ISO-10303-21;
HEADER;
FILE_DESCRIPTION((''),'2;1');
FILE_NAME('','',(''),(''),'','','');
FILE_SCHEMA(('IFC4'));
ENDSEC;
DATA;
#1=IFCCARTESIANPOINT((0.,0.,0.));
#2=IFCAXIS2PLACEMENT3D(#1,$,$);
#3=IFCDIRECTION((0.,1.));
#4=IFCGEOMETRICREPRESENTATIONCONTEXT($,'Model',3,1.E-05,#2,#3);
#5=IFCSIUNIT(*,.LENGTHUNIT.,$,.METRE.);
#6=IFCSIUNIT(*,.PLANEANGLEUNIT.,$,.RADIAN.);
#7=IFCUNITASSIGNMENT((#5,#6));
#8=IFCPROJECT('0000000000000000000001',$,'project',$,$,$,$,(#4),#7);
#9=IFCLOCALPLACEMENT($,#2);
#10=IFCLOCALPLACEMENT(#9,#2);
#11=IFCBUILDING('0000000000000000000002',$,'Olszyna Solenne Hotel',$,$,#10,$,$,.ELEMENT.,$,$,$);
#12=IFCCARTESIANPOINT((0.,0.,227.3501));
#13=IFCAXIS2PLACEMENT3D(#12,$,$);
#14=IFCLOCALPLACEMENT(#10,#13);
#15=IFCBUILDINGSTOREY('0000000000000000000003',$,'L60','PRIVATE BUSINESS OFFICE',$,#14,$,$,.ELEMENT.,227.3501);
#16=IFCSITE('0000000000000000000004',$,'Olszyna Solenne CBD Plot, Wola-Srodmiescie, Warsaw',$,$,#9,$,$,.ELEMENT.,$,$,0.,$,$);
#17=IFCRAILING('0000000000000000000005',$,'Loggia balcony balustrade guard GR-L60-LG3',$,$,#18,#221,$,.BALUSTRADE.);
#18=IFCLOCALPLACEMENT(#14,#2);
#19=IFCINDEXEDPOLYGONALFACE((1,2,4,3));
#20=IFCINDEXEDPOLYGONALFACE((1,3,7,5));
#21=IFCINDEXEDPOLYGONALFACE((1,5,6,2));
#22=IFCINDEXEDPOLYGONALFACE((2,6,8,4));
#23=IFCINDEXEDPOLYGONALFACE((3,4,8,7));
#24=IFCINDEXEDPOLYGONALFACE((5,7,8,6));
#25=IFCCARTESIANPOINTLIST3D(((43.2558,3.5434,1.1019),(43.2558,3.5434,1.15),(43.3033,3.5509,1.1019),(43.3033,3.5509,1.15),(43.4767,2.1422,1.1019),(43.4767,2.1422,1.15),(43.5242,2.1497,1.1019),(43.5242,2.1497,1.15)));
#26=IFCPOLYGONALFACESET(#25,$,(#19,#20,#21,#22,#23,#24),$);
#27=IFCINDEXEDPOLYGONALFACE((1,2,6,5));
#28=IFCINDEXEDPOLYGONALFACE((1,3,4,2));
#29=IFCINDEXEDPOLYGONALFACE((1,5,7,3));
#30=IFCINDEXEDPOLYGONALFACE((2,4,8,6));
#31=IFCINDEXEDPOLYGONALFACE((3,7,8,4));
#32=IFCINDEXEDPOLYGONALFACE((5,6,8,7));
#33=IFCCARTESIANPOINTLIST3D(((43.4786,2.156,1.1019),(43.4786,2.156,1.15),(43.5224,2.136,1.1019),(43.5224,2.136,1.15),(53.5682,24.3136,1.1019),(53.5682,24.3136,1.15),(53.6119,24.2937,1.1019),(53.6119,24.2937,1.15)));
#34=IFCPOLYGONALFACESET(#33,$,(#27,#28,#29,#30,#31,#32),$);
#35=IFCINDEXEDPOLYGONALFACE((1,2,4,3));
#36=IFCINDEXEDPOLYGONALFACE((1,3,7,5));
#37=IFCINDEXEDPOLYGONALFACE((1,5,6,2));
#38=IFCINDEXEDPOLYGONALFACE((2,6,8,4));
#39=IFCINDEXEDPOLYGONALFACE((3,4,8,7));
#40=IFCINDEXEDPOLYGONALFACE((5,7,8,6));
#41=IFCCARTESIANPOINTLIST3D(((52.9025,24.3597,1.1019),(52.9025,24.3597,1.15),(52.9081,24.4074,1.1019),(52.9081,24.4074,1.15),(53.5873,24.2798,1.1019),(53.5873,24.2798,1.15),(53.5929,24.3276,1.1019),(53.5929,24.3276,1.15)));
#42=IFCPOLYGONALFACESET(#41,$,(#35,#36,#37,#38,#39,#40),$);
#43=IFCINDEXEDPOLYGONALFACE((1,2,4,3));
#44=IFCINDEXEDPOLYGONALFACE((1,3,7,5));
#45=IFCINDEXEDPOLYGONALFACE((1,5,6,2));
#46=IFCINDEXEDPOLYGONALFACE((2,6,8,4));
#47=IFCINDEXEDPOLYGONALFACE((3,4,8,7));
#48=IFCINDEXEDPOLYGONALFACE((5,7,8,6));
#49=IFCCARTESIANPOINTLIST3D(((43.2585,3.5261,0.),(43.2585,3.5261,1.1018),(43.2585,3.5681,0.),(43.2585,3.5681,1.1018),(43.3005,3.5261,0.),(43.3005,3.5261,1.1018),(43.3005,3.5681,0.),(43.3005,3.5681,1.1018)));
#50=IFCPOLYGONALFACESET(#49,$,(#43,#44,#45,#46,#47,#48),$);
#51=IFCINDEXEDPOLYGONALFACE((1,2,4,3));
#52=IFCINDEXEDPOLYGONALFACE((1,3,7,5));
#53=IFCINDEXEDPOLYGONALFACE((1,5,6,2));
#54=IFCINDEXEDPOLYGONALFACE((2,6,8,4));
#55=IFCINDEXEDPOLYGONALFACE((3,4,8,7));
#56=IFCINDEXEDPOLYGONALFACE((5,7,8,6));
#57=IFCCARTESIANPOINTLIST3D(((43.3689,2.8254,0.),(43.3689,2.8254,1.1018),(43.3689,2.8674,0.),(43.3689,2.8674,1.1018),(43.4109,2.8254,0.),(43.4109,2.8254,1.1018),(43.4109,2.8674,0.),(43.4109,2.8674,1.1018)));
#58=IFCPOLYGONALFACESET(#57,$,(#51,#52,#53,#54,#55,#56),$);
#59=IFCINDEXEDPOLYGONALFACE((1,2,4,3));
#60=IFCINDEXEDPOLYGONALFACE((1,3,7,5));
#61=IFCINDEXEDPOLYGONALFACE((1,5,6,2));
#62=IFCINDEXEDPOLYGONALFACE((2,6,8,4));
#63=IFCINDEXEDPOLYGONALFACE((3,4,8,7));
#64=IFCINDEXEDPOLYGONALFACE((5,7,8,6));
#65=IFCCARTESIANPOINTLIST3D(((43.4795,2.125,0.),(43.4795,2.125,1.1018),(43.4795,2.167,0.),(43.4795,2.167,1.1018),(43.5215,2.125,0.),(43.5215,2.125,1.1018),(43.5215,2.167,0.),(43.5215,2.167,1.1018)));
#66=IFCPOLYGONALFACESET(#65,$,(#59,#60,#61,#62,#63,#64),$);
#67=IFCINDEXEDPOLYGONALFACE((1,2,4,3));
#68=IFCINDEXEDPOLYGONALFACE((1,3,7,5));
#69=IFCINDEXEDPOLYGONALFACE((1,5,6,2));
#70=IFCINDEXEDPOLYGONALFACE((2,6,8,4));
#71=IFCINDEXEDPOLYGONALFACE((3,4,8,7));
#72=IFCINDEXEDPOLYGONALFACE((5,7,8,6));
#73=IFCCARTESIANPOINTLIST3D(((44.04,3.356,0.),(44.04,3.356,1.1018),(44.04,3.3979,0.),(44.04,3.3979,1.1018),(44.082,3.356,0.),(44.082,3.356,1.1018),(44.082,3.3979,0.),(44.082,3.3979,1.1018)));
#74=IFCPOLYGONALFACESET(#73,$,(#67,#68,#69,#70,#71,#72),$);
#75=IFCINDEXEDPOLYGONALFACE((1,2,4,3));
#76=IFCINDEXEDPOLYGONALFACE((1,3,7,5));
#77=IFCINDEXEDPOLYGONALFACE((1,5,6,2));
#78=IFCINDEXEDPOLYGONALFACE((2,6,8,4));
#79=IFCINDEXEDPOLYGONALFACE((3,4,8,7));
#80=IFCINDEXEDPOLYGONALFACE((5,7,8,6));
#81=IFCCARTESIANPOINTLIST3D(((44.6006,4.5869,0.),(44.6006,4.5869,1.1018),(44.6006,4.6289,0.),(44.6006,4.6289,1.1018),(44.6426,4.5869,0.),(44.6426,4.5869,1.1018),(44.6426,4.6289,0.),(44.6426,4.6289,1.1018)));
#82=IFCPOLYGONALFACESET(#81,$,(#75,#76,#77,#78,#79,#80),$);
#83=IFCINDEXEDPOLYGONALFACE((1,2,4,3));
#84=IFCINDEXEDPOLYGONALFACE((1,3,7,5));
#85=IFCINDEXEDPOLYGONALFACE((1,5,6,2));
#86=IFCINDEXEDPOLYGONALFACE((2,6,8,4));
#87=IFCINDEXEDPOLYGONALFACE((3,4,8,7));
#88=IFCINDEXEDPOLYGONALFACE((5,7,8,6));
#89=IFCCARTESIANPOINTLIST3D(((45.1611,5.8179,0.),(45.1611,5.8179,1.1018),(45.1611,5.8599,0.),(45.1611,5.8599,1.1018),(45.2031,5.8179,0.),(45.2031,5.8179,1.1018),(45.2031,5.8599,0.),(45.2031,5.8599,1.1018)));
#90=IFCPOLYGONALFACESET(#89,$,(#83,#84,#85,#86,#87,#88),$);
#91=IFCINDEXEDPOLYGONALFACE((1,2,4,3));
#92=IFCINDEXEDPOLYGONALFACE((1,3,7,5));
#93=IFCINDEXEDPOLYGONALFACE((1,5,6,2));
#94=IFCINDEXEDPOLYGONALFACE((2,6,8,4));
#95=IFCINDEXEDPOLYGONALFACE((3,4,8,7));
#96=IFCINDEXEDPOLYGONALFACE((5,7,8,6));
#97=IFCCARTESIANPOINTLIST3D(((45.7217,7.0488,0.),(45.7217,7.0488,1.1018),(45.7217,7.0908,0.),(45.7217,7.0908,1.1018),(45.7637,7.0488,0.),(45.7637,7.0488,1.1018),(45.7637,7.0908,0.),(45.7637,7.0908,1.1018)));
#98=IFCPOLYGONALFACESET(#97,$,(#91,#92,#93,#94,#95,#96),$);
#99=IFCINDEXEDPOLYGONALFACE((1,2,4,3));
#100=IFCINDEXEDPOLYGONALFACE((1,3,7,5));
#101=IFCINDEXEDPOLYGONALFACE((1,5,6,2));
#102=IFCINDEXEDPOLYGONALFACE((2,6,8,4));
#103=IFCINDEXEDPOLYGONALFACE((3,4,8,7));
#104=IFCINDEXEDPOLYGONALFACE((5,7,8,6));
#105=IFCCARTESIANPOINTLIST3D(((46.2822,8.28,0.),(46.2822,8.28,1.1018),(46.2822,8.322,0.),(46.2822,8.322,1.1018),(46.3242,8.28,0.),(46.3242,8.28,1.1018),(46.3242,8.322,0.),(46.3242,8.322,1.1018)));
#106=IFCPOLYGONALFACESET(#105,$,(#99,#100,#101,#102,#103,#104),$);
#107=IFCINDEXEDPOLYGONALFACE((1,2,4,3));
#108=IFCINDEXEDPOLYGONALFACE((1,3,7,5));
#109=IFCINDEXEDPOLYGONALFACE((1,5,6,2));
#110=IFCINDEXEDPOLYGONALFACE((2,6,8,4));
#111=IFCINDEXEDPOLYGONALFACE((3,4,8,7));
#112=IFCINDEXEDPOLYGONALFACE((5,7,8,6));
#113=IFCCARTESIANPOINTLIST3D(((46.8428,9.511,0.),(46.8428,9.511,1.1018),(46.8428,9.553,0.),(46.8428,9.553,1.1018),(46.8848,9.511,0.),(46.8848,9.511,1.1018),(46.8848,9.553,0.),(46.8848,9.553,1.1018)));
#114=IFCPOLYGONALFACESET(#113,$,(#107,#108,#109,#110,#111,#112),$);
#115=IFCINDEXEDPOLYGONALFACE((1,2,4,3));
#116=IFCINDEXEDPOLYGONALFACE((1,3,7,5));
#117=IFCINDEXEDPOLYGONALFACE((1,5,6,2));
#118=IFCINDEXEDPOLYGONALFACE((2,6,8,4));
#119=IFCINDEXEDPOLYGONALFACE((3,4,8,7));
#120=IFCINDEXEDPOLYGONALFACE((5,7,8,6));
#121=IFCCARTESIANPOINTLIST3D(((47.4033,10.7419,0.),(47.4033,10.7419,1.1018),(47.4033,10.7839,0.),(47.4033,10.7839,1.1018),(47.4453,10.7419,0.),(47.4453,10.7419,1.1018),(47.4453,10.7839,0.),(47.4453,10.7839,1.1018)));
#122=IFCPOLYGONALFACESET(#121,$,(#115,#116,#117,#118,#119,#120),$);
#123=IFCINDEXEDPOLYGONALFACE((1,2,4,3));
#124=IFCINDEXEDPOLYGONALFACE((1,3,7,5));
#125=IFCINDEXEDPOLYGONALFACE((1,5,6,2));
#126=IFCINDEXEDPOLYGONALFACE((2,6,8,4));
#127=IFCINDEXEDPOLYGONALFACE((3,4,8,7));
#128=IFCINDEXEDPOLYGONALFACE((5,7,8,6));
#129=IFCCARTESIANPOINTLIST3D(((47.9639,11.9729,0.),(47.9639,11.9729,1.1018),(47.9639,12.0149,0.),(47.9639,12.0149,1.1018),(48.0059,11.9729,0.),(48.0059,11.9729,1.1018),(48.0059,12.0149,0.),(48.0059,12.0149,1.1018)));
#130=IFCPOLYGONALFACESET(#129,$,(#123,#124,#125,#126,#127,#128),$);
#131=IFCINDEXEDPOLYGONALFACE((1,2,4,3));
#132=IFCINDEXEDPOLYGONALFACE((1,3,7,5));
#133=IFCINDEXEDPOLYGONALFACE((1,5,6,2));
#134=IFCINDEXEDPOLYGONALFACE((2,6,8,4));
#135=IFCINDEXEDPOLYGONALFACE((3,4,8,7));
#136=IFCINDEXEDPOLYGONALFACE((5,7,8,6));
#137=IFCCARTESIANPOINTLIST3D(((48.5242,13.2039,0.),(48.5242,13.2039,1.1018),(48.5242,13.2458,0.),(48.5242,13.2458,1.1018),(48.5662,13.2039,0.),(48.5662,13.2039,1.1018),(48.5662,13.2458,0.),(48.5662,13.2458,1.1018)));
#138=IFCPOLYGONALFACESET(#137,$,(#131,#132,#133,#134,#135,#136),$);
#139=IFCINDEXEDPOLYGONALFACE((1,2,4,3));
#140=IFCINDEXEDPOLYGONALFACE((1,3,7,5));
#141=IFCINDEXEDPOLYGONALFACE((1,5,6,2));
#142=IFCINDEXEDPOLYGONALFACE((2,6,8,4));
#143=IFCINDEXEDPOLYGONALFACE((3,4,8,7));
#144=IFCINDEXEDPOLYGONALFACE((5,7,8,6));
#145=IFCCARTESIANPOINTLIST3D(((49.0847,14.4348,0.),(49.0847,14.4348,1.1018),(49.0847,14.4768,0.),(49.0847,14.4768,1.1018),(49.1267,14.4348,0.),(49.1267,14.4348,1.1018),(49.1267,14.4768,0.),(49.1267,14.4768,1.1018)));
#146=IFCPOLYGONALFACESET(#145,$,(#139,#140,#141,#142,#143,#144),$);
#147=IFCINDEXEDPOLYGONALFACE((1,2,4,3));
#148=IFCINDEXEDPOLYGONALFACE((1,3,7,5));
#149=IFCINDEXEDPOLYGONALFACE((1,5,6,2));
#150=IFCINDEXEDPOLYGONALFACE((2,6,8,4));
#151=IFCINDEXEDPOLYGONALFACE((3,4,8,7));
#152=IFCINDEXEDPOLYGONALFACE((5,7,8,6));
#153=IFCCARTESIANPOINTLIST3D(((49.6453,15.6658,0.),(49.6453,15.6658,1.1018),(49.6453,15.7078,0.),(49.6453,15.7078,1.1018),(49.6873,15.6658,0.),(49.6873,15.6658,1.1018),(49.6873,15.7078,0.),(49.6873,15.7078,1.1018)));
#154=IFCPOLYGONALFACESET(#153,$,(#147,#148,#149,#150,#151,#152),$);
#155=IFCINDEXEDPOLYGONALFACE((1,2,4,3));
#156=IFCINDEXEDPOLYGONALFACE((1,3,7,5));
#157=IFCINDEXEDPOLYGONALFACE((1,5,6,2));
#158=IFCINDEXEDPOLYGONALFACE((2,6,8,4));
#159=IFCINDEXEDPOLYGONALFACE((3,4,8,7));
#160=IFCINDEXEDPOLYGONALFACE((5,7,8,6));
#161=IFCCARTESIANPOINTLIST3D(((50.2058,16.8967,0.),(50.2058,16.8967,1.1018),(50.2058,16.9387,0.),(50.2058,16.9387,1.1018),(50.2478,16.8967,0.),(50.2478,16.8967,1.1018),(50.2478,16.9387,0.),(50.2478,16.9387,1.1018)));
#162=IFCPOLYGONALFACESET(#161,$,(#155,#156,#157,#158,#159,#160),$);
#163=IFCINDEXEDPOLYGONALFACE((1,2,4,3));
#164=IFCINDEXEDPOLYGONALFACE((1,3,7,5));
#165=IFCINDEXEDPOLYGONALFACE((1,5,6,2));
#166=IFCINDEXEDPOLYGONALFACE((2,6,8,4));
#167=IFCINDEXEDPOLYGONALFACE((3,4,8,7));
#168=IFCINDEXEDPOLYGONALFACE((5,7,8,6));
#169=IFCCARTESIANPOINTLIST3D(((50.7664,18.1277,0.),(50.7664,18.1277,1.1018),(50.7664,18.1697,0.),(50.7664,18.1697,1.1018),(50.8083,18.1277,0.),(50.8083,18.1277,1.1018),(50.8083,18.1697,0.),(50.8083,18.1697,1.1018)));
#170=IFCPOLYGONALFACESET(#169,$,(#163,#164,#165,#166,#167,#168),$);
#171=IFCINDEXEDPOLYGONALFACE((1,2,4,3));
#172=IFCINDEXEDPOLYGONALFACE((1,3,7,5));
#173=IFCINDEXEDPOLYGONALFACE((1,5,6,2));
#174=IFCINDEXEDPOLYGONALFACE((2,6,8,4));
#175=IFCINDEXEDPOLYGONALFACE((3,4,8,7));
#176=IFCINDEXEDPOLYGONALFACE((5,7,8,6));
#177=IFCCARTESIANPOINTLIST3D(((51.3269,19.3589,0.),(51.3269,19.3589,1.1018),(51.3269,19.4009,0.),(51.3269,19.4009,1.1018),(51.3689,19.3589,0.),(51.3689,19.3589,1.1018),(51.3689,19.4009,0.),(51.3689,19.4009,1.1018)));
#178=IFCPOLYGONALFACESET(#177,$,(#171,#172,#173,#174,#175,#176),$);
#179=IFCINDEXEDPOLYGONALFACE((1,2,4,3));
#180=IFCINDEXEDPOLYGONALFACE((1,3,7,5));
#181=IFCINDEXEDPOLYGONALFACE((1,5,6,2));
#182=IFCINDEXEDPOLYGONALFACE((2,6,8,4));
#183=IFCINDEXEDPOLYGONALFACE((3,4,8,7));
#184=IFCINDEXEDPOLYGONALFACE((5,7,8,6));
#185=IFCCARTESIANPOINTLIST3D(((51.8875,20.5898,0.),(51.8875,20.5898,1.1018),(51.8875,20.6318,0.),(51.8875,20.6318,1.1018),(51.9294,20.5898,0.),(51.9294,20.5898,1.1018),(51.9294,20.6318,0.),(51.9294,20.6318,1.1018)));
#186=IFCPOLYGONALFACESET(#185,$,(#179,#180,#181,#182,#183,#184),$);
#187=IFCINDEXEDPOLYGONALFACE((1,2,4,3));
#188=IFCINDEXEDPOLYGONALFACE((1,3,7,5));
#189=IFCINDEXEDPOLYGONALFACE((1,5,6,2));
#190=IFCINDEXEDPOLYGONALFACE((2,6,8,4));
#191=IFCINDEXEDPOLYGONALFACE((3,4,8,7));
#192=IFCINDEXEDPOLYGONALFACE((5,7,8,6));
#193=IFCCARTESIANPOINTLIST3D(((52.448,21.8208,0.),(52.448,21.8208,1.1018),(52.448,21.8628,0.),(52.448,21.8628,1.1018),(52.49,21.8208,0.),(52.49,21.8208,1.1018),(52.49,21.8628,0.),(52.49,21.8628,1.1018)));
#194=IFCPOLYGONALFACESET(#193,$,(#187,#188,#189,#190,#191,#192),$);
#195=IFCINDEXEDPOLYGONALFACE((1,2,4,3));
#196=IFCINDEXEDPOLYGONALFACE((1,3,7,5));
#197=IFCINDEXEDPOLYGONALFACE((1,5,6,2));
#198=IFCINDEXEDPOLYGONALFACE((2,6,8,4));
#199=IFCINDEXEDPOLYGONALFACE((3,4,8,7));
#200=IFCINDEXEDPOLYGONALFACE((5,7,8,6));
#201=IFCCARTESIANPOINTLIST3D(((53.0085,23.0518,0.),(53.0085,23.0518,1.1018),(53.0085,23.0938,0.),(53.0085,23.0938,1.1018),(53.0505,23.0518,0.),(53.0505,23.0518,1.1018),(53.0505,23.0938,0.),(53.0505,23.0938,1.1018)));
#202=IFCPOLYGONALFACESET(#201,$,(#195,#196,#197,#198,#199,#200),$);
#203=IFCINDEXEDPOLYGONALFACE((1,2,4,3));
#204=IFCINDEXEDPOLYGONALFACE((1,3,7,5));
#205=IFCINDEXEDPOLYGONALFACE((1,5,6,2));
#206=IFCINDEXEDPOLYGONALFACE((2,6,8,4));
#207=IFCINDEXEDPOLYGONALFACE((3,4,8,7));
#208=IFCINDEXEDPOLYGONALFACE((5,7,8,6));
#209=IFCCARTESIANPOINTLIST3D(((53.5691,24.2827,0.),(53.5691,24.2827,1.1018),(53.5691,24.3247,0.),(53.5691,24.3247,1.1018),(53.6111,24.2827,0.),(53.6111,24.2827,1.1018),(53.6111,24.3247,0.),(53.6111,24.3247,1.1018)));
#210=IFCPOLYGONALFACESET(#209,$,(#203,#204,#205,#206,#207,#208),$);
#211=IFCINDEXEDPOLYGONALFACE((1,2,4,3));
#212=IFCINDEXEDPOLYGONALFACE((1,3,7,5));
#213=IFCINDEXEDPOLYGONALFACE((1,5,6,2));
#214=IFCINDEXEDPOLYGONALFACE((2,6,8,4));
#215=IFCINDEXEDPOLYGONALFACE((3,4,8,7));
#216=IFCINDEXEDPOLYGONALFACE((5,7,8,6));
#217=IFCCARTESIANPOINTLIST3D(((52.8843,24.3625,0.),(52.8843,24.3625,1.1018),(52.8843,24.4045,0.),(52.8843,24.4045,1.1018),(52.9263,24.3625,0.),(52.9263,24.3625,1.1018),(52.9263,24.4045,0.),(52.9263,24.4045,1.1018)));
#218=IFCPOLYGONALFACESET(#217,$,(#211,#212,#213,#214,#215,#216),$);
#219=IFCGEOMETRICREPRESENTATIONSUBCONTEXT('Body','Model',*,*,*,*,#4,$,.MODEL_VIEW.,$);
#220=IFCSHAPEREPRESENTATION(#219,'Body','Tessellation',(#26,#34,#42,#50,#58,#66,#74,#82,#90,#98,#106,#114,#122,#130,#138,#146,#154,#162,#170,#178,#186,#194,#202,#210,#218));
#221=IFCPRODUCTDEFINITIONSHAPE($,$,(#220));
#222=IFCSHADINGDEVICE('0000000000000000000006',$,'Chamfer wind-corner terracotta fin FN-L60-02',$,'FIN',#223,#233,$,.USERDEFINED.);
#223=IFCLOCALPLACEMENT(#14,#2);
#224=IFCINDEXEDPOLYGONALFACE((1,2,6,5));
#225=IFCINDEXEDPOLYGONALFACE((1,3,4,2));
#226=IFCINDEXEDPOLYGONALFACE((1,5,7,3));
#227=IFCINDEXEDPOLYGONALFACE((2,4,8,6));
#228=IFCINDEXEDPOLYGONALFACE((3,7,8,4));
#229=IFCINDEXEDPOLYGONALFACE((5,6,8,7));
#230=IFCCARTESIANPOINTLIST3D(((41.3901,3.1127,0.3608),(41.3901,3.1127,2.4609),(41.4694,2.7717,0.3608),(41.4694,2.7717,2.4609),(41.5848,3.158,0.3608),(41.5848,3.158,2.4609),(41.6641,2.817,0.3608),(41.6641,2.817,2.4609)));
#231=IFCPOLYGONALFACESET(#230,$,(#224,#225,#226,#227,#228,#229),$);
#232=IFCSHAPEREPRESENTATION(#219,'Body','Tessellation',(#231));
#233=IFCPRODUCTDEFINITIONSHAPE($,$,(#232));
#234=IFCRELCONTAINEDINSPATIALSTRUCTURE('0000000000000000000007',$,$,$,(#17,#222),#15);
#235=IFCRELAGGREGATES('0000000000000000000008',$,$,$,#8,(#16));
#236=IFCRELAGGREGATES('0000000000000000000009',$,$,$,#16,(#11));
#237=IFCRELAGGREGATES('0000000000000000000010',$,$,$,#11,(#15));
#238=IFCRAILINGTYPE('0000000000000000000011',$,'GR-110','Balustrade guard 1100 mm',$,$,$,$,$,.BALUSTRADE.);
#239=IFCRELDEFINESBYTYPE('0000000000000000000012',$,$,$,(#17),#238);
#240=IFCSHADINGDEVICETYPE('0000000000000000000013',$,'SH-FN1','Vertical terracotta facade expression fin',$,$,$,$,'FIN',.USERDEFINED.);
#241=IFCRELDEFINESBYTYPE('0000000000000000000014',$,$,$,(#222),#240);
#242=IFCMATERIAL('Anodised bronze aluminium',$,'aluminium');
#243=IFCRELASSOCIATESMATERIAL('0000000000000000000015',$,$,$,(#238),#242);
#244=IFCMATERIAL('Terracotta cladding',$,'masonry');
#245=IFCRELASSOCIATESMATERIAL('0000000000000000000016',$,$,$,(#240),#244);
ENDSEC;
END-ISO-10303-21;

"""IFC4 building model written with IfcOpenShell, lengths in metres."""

from ifc_helpers import new_model, si_unit, direction, frame, origin, origin_2d, place, context, subcontext, project, spatial, rectangle, extrude, source, transform, mapped, material, type_object, element, save


model = new_model("IFC4")

# Units and contexts
model_context = context("Model", 3, precision=1e-05, world=origin(), true_north=direction((0.0, 1.0)))
body_context = subcontext(model_context, "Body", "Model", "MODEL_VIEW")
ifc_project = project(units=[si_unit("LENGTHUNIT", "METRE"), si_unit("PLANEANGLEUNIT", "RADIAN")], contexts=[model_context])

# Site, building, storey
site_placement = place(None, origin())
site = spatial("IfcSite", under=ifc_project, at=site_placement, Name="Olszyna Solenne CBD Plot, Wola-Srodmiescie, Warsaw", CompositionType="ELEMENT", RefElevation=0.0)
building_placement = place(site_placement, origin())
building = spatial("IfcBuilding", under=site, at=building_placement, Name="Olszyna Solenne Hotel", CompositionType="ELEMENT")
storey_placement = place(building_placement, frame((0.0, 0.0, 227.3501)))
storey = spatial("IfcBuildingStorey", under=building, at=storey_placement, Name="L60", Description="PRIVATE BUSINESS OFFICE", CompositionType="ELEMENT", Elevation=227.3501)

# Shared definitions
ifc_material_1 = material(Name="Anodised bronze aluminium", Category="aluminium")

# Shared definitions
ifc_material_2 = material(Name="Terracotta cladding", Category="masonry")

# Railing
railing_type = type_object("IfcRailingType", Name="GR-110", Description="Balustrade guard 1100 mm", PredefinedType="BALUSTRADE", material=ifc_material_1)
railing_placement = place(storey_placement, frame((43.2795, 3.5471, 0.0)))
element("IfcRailing", 1, at=railing_placement, inside=storey, type_object=railing_type, Name="Loggia balcony balustrade guard GR-L60-LG3", PredefinedType="BALUSTRADE", context=body_context, shape_type="SweptSolid", body=[
    extrude(rectangle(XDim=0.0481, YDim=0.0481, at=origin_2d()), frame((0.0, 0.0, 1.126), z_axis=(0.155768, -0.987794, 0.0), x_axis=(0.987794, 0.155768, 0.0)), (0.0, 0.0, 1.0), 1.4185),
    extrude(rectangle(XDim=0.0481, YDim=0.0481, at=origin_2d()), frame((0.2209, -1.4011, 1.126), z_axis=(0.414413, 0.910089, 0.0), x_axis=(-0.910089, 0.414413, 0.0)), (0.0, 0.0, 1.0), 24.3467),
    extrude(rectangle(XDim=0.0481, YDim=0.0481, at=origin_2d()), frame((10.3105, 20.7566, 1.126), z_axis=(-0.993273, 0.115793, 0.0), x_axis=(-0.115793, -0.993273, 0.0)), (0.0, 0.0, 1.0), 0.6895),
    extrude(rectangle(XDim=0.042, YDim=0.042, at=origin_2d()), origin(), (0.0, 0.0, 1.0), 1.1018),
    extrude(rectangle(XDim=0.042, YDim=0.042, at=origin_2d()), frame((0.1104, -0.7007, 0.0)), (0.0, 0.0, 1.0), 1.1018),
    extrude(rectangle(XDim=0.042, YDim=0.042, at=origin_2d()), frame((0.2209, -1.4011, 0.0)), (0.0, 0.0, 1.0), 1.1018),
    extrude(rectangle(XDim=0.042, YDim=0.042, at=origin_2d()), frame((0.7815, -0.1702, 0.0)), (0.0, 0.0, 1.0), 1.1018),
    extrude(rectangle(XDim=0.042, YDim=0.042, at=origin_2d()), frame((1.342, 1.0608, 0.0)), (0.0, 0.0, 1.0), 1.1018),
    extrude(rectangle(XDim=0.042, YDim=0.042, at=origin_2d()), frame((1.9026, 2.2917, 0.0)), (0.0, 0.0, 1.0), 1.1018),
    extrude(rectangle(XDim=0.042, YDim=0.042, at=origin_2d()), frame((2.4631, 3.5227, 0.0)), (0.0, 0.0, 1.0), 1.1018),
    extrude(rectangle(XDim=0.042, YDim=0.042, at=origin_2d()), frame((3.0237, 4.7539, 0.0)), (0.0, 0.0, 1.0), 1.1018),
    extrude(rectangle(XDim=0.042, YDim=0.042, at=origin_2d()), frame((3.5842, 5.9849, 0.0)), (0.0, 0.0, 1.0), 1.1018),
    extrude(rectangle(XDim=0.042, YDim=0.042, at=origin_2d()), frame((4.1448, 7.2158, 0.0)), (0.0, 0.0, 1.0), 1.1018),
    extrude(rectangle(XDim=0.042, YDim=0.042, at=origin_2d()), frame((4.7053, 8.4468, 0.0)), (0.0, 0.0, 1.0), 1.1018),
    extrude(rectangle(XDim=0.042, YDim=0.042, at=origin_2d()), frame((5.2656, 9.6777, 0.0)), (0.0, 0.0, 1.0), 1.1018),
    extrude(rectangle(XDim=0.042, YDim=0.042, at=origin_2d()), frame((5.8262, 10.9087, 0.0)), (0.0, 0.0, 1.0), 1.1018),
    extrude(rectangle(XDim=0.042, YDim=0.042, at=origin_2d()), frame((6.3867, 12.1396, 0.0)), (0.0, 0.0, 1.0), 1.1018),
    extrude(rectangle(XDim=0.042, YDim=0.042, at=origin_2d()), frame((6.9473, 13.3706, 0.0)), (0.0, 0.0, 1.0), 1.1018),
    extrude(rectangle(XDim=0.042, YDim=0.042, at=origin_2d()), frame((7.5078, 14.6016, 0.0)), (0.0, 0.0, 1.0), 1.1018),
    extrude(rectangle(XDim=0.042, YDim=0.042, at=origin_2d()), frame((8.0684, 15.8328, 0.0)), (0.0, 0.0, 1.0), 1.1018),
    extrude(rectangle(XDim=0.042, YDim=0.042, at=origin_2d()), frame((8.6289, 17.0637, 0.0)), (0.0, 0.0, 1.0), 1.1018),
    extrude(rectangle(XDim=0.042, YDim=0.042, at=origin_2d()), frame((9.1895, 18.2947, 0.0)), (0.0, 0.0, 1.0), 1.1018),
    extrude(rectangle(XDim=0.042, YDim=0.042, at=origin_2d()), frame((9.75, 19.5256, 0.0)), (0.0, 0.0, 1.0), 1.1018),
    extrude(rectangle(XDim=0.042, YDim=0.042, at=origin_2d()), frame((10.3105, 20.7566, 0.0)), (0.0, 0.0, 1.0), 1.1018),
    extrude(rectangle(XDim=0.042, YDim=0.042, at=origin_2d()), frame((9.6257, 20.8364, 0.0)), (0.0, 0.0, 1.0), 1.1018),
])

# Shading device
shading_device_type = type_object("IfcShadingDeviceType", Name="SH-FN1", Description="Vertical terracotta facade expression fin", ElementType="FIN", PredefinedType="USERDEFINED", material=ifc_material_2)
shared_shape_1 = source(origin(), body_context, "Body", "SweptSolid", [
    extrude(rectangle(XDim=0.2, YDim=0.3501, at=origin_2d()), origin(), (0.0, 0.0, 1.0), 2.1001),
])
shading_device_placement = place(storey_placement, frame((41.5271, 2.9648, 0.3608), z_axis=(0.0, 0.0, 1.0), x_axis=(-0.973976, -0.226651, 0.0)))
element("IfcShadingDevice", 2, at=shading_device_placement, inside=storey, type_object=shading_device_type, Name="Chamfer wind-corner terracotta fin FN-L60-02", ObjectType="FIN", PredefinedType="USERDEFINED", context=body_context, shape_type="MappedRepresentation", body=[
    mapped(shared_shape_1, transform((0.0, 0.0, 0.0), x_axis=(1.0, 0.0, 0.0), y_axis=(0.0, 1.0, 0.0), z_axis=(0.0, 0.0, 1.0), scale=1.0)),
])

save(model, "model.ifc")
